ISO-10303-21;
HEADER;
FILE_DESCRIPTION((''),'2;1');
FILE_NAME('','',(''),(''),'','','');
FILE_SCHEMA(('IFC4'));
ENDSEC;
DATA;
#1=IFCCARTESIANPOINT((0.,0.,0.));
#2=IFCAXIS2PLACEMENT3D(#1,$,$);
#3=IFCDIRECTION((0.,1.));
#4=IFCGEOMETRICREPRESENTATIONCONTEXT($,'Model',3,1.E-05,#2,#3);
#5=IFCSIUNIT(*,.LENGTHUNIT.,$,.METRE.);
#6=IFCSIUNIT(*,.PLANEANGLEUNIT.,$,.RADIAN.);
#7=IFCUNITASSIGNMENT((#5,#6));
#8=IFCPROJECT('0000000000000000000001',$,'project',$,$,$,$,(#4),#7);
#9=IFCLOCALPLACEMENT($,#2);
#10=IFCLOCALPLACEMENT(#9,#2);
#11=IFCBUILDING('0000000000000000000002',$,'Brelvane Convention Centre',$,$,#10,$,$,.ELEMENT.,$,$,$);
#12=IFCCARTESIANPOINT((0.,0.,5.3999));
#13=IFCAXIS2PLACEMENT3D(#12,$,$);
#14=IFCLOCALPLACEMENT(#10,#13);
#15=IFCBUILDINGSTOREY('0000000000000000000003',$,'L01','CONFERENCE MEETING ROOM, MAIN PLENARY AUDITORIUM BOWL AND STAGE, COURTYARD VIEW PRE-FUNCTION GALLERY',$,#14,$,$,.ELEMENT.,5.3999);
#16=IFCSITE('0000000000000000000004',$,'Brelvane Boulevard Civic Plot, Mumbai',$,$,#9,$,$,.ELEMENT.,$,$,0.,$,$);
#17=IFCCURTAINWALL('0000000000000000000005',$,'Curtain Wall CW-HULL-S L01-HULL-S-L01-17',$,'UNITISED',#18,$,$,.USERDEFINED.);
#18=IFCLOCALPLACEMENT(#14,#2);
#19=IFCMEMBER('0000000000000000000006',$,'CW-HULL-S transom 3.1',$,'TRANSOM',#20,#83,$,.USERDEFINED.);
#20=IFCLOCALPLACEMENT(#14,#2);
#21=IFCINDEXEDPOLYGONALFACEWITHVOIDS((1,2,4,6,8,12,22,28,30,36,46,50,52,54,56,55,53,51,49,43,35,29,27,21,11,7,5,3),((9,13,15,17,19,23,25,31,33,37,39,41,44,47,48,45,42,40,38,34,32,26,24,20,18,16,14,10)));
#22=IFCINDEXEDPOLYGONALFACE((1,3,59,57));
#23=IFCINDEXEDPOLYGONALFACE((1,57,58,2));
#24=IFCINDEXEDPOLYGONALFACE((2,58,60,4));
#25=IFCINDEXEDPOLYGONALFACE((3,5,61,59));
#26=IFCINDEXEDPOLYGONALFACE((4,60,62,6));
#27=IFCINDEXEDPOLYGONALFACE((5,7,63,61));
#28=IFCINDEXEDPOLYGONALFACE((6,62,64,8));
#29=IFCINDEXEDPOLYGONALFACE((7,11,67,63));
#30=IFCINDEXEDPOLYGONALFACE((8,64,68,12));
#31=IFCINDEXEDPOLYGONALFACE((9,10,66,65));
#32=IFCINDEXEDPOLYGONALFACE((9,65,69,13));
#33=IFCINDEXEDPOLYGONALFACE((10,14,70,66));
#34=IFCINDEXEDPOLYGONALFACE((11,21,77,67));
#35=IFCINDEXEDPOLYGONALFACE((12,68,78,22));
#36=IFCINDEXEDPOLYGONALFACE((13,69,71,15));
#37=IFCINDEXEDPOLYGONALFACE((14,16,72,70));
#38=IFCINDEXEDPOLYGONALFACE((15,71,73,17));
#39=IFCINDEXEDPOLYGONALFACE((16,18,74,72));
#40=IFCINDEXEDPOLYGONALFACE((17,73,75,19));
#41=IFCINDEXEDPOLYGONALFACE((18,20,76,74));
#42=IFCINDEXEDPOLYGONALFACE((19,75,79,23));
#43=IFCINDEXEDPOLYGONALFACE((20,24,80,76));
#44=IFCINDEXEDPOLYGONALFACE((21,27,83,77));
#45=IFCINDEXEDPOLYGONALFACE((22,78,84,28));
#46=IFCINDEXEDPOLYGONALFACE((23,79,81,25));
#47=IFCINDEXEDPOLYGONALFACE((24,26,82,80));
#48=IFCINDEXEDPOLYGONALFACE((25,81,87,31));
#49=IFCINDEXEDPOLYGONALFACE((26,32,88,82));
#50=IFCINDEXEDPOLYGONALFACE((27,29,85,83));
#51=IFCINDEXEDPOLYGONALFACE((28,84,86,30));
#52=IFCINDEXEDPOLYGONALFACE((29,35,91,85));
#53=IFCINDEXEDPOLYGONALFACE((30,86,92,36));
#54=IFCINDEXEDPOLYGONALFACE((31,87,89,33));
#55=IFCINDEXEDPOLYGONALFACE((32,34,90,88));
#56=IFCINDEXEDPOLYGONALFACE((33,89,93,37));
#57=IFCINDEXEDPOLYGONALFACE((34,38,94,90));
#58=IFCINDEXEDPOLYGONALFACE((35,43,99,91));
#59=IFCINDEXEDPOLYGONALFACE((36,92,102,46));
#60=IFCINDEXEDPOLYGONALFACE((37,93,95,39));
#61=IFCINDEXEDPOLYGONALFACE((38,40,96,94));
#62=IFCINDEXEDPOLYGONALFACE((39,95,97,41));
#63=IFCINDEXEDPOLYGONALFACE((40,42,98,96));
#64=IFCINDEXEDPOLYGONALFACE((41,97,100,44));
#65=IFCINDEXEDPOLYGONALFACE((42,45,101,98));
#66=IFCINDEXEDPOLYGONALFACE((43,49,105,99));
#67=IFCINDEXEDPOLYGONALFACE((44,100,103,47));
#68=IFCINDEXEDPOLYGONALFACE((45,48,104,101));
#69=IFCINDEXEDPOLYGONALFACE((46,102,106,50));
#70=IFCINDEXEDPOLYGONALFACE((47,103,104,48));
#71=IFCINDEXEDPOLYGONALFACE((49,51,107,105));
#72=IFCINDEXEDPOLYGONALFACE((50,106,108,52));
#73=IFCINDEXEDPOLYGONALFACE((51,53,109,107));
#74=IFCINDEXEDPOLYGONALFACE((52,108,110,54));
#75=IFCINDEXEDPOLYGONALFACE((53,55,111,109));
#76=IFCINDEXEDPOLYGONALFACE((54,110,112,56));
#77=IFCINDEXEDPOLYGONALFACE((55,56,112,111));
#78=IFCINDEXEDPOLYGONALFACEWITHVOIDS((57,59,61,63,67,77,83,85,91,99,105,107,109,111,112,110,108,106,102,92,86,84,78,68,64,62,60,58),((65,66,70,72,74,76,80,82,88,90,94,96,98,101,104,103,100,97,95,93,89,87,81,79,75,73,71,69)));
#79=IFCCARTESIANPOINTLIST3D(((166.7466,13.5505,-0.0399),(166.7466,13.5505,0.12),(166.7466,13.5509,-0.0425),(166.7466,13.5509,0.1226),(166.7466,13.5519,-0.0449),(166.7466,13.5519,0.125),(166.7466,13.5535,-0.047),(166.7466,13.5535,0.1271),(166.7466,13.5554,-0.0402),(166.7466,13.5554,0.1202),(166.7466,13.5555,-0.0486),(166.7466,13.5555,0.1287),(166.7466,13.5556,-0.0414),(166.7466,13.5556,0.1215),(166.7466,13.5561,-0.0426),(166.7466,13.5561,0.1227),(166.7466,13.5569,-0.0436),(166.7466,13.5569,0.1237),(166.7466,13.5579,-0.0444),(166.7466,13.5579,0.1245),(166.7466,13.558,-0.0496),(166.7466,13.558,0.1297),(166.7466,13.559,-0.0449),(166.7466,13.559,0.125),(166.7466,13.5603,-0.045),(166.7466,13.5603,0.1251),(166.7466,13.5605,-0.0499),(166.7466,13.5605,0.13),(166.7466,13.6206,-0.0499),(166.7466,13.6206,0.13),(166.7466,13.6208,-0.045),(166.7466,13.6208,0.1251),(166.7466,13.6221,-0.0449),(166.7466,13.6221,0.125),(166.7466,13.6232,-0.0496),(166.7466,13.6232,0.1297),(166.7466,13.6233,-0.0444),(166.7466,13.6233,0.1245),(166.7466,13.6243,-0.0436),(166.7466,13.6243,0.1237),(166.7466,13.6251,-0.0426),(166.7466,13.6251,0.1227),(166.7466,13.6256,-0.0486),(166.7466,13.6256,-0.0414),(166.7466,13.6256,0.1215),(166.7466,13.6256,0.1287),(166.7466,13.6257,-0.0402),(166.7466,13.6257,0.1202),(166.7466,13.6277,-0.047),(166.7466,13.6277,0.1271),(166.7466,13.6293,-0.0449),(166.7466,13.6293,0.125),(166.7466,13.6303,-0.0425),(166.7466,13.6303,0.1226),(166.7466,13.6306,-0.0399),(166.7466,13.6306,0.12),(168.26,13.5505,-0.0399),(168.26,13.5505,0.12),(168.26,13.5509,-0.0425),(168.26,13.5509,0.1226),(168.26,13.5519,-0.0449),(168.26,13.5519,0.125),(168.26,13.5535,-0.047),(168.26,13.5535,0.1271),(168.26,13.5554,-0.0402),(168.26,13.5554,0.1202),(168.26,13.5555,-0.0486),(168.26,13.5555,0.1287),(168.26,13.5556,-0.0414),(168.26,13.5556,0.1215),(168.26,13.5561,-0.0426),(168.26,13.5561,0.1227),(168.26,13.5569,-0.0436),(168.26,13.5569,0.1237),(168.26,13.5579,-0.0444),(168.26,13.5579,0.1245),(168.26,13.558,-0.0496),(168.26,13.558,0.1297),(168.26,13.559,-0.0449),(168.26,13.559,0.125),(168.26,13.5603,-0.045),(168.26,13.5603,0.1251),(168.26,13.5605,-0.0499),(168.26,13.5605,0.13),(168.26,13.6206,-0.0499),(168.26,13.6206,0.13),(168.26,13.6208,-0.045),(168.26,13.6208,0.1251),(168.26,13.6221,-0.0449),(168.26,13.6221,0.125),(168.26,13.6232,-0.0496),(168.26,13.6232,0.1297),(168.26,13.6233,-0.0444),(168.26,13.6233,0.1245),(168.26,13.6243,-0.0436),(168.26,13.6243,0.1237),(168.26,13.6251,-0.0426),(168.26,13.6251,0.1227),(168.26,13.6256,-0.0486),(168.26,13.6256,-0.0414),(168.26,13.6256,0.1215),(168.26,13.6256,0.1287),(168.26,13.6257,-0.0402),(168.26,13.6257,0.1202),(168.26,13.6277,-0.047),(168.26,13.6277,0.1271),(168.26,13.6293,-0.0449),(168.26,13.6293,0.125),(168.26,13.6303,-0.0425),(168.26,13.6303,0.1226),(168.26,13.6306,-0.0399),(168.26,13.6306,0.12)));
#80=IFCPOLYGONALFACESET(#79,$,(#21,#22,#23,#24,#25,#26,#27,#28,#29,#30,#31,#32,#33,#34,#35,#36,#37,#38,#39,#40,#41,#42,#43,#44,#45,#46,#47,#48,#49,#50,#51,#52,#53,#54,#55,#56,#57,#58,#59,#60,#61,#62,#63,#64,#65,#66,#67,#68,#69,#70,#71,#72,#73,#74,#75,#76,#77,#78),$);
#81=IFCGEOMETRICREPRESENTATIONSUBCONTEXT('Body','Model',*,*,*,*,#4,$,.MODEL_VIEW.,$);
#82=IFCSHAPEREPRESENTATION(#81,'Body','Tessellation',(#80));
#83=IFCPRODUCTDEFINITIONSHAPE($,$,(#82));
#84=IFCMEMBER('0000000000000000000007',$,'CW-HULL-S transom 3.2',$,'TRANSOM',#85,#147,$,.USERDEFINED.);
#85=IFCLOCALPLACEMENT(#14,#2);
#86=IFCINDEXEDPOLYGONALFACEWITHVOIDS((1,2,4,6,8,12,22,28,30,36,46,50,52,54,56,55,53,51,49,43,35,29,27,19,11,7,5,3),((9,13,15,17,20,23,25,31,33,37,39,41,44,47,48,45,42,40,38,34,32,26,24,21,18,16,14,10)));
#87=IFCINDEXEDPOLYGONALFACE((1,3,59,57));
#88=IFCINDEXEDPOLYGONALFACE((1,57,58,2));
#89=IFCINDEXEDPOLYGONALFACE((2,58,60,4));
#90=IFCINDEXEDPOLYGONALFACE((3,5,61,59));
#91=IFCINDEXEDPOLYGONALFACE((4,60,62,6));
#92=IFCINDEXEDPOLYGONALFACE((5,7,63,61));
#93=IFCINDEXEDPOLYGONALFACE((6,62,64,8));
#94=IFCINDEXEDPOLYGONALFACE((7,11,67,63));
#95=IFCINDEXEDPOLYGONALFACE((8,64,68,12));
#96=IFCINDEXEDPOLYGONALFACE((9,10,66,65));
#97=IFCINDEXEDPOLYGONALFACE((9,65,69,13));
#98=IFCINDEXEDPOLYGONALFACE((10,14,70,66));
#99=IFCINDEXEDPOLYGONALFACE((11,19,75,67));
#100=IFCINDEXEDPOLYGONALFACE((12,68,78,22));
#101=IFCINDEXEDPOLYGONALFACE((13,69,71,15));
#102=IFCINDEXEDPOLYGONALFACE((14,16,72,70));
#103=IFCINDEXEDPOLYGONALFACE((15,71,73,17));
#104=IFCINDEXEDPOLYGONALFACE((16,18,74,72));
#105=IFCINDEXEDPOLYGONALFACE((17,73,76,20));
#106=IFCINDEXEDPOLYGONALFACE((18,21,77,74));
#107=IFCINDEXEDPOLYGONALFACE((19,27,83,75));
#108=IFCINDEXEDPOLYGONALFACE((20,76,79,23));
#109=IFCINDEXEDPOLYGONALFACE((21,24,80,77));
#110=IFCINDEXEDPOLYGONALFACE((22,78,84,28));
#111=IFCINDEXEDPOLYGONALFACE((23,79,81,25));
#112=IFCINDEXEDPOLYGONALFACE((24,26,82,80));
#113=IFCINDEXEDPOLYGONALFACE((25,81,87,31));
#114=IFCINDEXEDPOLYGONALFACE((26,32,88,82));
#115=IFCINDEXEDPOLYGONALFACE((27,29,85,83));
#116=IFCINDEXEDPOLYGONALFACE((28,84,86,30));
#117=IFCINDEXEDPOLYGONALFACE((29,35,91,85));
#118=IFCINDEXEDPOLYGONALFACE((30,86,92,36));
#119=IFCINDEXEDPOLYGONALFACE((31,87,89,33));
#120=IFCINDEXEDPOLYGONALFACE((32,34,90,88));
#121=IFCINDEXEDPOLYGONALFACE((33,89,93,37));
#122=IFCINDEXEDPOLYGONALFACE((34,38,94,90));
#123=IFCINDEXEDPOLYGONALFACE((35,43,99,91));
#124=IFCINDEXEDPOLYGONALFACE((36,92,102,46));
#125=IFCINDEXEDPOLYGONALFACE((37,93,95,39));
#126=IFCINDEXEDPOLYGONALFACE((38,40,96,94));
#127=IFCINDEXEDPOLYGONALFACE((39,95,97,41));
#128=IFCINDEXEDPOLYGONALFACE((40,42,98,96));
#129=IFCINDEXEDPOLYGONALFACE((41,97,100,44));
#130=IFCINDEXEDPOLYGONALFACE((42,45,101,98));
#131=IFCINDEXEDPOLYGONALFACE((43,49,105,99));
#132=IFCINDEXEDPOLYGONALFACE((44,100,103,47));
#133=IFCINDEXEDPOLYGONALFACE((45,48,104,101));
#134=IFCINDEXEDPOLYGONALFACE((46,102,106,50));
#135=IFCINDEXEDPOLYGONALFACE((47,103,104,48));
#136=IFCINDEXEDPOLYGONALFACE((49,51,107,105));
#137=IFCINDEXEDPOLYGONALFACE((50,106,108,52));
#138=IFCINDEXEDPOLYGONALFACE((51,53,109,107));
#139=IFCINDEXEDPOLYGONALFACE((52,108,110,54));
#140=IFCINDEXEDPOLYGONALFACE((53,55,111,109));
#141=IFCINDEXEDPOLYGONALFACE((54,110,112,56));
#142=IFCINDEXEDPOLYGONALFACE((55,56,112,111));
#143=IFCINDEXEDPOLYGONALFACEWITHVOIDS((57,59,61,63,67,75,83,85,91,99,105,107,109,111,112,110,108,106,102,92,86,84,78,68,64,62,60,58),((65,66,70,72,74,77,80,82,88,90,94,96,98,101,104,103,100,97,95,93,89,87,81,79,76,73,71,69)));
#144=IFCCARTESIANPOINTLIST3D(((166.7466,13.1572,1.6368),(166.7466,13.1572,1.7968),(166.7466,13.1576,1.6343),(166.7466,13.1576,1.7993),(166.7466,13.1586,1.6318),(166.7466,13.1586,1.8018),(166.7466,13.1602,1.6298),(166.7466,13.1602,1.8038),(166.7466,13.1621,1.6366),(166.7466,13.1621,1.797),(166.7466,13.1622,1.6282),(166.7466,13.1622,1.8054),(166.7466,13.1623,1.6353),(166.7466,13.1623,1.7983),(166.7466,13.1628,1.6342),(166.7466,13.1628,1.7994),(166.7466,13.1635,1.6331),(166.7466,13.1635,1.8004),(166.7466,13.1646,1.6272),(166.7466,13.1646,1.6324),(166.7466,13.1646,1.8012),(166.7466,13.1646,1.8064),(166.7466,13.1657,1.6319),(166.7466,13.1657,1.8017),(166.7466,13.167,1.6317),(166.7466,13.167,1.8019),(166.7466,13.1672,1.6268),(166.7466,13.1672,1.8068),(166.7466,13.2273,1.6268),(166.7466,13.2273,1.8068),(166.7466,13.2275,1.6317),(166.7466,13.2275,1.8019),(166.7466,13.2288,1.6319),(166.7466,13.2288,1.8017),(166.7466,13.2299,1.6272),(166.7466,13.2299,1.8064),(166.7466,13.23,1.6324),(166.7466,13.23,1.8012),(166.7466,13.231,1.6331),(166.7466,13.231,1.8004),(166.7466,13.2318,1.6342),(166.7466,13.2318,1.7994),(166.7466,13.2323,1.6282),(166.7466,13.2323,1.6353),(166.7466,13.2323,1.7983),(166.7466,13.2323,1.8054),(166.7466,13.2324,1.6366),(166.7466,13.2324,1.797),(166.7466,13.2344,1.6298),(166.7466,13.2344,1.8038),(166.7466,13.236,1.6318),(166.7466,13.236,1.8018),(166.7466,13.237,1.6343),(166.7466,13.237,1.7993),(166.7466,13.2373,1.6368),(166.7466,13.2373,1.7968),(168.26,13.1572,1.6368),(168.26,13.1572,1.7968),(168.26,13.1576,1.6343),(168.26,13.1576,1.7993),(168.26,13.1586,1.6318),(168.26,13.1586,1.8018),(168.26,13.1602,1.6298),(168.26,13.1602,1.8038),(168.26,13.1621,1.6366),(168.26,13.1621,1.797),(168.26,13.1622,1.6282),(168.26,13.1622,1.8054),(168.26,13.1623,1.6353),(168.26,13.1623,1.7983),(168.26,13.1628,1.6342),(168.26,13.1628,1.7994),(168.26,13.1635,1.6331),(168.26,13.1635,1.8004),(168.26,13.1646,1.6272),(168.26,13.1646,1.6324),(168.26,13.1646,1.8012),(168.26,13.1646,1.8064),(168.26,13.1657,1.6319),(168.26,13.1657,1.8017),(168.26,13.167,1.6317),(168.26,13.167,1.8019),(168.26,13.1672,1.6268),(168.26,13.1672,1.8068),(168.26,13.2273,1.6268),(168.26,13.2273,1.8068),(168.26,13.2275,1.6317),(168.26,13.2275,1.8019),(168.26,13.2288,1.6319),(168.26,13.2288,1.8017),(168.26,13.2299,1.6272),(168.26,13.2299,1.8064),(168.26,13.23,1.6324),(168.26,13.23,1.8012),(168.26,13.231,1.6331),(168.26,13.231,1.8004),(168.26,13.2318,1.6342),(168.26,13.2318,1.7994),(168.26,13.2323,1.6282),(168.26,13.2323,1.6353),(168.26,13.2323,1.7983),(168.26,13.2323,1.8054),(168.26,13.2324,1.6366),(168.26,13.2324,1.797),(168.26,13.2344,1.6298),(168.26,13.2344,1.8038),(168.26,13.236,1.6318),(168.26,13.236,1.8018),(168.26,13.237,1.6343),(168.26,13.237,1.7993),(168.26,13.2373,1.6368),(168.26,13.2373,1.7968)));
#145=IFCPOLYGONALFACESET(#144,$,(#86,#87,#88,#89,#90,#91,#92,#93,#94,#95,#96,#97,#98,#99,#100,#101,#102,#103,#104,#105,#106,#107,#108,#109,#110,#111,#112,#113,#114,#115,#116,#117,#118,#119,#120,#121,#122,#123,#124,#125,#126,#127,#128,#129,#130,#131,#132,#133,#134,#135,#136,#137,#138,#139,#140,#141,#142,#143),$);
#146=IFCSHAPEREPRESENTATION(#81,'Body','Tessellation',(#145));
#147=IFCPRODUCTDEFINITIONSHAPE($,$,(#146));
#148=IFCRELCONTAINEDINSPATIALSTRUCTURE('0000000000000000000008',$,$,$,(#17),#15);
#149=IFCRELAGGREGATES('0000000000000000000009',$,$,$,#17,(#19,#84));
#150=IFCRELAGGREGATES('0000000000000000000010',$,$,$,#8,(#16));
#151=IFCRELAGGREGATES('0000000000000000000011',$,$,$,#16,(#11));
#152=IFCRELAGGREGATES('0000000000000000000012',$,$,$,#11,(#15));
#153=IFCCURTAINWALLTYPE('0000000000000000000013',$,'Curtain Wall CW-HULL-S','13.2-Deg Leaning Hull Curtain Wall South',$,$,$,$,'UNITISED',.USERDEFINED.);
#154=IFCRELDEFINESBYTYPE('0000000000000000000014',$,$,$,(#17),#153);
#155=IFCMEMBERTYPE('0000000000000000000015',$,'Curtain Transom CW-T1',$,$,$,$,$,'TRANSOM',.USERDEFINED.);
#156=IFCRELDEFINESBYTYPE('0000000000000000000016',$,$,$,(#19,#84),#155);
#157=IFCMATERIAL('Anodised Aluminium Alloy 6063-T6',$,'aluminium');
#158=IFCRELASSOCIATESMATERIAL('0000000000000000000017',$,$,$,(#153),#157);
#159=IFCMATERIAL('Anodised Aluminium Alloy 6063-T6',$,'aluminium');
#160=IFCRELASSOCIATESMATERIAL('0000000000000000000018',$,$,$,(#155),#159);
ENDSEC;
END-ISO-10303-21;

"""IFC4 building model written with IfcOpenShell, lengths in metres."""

from ifc_helpers import new_model, si_unit, direction, frame, origin, origin_2d, place, context, subcontext, project, spatial, hollow_rectangle, extrude, material, material_profile, profile_set, type_object, element, aggregate, save


model = new_model("IFC4")

# Units and contexts
model_context = context("Model", 3, precision=1e-05, world=origin(), true_north=direction((0.0, 1.0)))
body_context = subcontext(model_context, "Body", "Model", "MODEL_VIEW")
ifc_project = project(units=[si_unit("LENGTHUNIT", "METRE"), si_unit("PLANEANGLEUNIT", "RADIAN")], contexts=[model_context])

# Site, building, storey
site_placement = place(None, origin())
site = spatial("IfcSite", under=ifc_project, at=site_placement, Name="Brelvane Boulevard Civic Plot, Mumbai", CompositionType="ELEMENT", RefElevation=0.0)
building_placement = place(site_placement, origin())
building = spatial("IfcBuilding", under=site, at=building_placement, Name="Brelvane Convention Centre", CompositionType="ELEMENT")
storey_placement = place(building_placement, frame((0.0, 0.0, 5.3999)))
storey = spatial("IfcBuildingStorey", under=building, at=storey_placement, Name="L01", Description="CONFERENCE MEETING ROOM, MAIN PLENARY AUDITORIUM BOWL AND STAGE, COURTYARD VIEW PRE-FUNCTION GALLERY", CompositionType="ELEMENT", Elevation=5.3999)

# Curtain wall, members
ifc_material_1 = material(Name="Anodised Aluminium Alloy 6063-T6", Category="aluminium")
curtain_wall_type = type_object("IfcCurtainWallType", Name="Curtain Wall CW-HULL-S", Description="13.2-Deg Leaning Hull Curtain Wall South", ElementType="UNITISED", PredefinedType="USERDEFINED", material=ifc_material_1)
ifc_material_2 = material(Name="Anodised Aluminium Alloy 6063-T6", Category="aluminium")
ifc_material_profile = material_profile(ifc_material_2, hollow_rectangle(XDim=0.0801, YDim=0.1799, WallThickness=0.0049, InnerFilletRadius=0.0049, OuterFilletRadius=0.01, at=origin_2d()), Name="ALU-T 180x80x5.0")
ifc_profile_set = profile_set([ifc_material_profile], Name="Anodised Aluminium Alloy 6063-T6")
member_type = type_object("IfcMemberType", Name="Curtain Transom CW-T1", ElementType="TRANSOM", PredefinedType="USERDEFINED", material=ifc_profile_set)
curtain_wall_1_placement = place(storey_placement, origin())
curtain_wall_1 = element("IfcCurtainWall", 1, at=curtain_wall_1_placement, inside=storey, type_object=curtain_wall_type, Name="Curtain Wall CW-HULL-S L01-HULL-S-L01-17", ObjectType="UNITISED", PredefinedType="USERDEFINED")
member_1_placement = place(storey_placement, frame((166.7466, 13.5906, 0.04), z_axis=(1.0, 0.0, 0.0), x_axis=(0.0, 1.0, 0.0)))
member_1 = element("IfcMember", 2, at=member_1_placement, type_object=member_type, Name="CW-HULL-S transom 3.1", ObjectType="TRANSOM", PredefinedType="USERDEFINED", context=body_context, shape_type="SweptSolid", body=[
    extrude(hollow_rectangle(XDim=0.0801, YDim=0.1799, WallThickness=0.0049, InnerFilletRadius=0.0049, OuterFilletRadius=0.01, at=origin_2d()), origin(), (0.0, 0.0, 1.0), 1.5134),
])
member_2_placement = place(storey_placement, frame((166.7466, 13.1973, 1.7168), z_axis=(1.0, 0.0, 0.0), x_axis=(0.0, 1.0, 0.0)))
member_2 = element("IfcMember", 3, at=member_2_placement, type_object=member_type, Name="CW-HULL-S transom 3.2", ObjectType="TRANSOM", PredefinedType="USERDEFINED", context=body_context, shape_type="SweptSolid", body=[
    extrude(hollow_rectangle(XDim=0.0801, YDim=0.1799, WallThickness=0.0049, InnerFilletRadius=0.0049, OuterFilletRadius=0.01, at=origin_2d()), origin(), (0.0, 0.0, 1.0), 1.5134),
])

aggregate(curtain_wall_1, [member_1, member_2])

save(model, "model.ifc")
